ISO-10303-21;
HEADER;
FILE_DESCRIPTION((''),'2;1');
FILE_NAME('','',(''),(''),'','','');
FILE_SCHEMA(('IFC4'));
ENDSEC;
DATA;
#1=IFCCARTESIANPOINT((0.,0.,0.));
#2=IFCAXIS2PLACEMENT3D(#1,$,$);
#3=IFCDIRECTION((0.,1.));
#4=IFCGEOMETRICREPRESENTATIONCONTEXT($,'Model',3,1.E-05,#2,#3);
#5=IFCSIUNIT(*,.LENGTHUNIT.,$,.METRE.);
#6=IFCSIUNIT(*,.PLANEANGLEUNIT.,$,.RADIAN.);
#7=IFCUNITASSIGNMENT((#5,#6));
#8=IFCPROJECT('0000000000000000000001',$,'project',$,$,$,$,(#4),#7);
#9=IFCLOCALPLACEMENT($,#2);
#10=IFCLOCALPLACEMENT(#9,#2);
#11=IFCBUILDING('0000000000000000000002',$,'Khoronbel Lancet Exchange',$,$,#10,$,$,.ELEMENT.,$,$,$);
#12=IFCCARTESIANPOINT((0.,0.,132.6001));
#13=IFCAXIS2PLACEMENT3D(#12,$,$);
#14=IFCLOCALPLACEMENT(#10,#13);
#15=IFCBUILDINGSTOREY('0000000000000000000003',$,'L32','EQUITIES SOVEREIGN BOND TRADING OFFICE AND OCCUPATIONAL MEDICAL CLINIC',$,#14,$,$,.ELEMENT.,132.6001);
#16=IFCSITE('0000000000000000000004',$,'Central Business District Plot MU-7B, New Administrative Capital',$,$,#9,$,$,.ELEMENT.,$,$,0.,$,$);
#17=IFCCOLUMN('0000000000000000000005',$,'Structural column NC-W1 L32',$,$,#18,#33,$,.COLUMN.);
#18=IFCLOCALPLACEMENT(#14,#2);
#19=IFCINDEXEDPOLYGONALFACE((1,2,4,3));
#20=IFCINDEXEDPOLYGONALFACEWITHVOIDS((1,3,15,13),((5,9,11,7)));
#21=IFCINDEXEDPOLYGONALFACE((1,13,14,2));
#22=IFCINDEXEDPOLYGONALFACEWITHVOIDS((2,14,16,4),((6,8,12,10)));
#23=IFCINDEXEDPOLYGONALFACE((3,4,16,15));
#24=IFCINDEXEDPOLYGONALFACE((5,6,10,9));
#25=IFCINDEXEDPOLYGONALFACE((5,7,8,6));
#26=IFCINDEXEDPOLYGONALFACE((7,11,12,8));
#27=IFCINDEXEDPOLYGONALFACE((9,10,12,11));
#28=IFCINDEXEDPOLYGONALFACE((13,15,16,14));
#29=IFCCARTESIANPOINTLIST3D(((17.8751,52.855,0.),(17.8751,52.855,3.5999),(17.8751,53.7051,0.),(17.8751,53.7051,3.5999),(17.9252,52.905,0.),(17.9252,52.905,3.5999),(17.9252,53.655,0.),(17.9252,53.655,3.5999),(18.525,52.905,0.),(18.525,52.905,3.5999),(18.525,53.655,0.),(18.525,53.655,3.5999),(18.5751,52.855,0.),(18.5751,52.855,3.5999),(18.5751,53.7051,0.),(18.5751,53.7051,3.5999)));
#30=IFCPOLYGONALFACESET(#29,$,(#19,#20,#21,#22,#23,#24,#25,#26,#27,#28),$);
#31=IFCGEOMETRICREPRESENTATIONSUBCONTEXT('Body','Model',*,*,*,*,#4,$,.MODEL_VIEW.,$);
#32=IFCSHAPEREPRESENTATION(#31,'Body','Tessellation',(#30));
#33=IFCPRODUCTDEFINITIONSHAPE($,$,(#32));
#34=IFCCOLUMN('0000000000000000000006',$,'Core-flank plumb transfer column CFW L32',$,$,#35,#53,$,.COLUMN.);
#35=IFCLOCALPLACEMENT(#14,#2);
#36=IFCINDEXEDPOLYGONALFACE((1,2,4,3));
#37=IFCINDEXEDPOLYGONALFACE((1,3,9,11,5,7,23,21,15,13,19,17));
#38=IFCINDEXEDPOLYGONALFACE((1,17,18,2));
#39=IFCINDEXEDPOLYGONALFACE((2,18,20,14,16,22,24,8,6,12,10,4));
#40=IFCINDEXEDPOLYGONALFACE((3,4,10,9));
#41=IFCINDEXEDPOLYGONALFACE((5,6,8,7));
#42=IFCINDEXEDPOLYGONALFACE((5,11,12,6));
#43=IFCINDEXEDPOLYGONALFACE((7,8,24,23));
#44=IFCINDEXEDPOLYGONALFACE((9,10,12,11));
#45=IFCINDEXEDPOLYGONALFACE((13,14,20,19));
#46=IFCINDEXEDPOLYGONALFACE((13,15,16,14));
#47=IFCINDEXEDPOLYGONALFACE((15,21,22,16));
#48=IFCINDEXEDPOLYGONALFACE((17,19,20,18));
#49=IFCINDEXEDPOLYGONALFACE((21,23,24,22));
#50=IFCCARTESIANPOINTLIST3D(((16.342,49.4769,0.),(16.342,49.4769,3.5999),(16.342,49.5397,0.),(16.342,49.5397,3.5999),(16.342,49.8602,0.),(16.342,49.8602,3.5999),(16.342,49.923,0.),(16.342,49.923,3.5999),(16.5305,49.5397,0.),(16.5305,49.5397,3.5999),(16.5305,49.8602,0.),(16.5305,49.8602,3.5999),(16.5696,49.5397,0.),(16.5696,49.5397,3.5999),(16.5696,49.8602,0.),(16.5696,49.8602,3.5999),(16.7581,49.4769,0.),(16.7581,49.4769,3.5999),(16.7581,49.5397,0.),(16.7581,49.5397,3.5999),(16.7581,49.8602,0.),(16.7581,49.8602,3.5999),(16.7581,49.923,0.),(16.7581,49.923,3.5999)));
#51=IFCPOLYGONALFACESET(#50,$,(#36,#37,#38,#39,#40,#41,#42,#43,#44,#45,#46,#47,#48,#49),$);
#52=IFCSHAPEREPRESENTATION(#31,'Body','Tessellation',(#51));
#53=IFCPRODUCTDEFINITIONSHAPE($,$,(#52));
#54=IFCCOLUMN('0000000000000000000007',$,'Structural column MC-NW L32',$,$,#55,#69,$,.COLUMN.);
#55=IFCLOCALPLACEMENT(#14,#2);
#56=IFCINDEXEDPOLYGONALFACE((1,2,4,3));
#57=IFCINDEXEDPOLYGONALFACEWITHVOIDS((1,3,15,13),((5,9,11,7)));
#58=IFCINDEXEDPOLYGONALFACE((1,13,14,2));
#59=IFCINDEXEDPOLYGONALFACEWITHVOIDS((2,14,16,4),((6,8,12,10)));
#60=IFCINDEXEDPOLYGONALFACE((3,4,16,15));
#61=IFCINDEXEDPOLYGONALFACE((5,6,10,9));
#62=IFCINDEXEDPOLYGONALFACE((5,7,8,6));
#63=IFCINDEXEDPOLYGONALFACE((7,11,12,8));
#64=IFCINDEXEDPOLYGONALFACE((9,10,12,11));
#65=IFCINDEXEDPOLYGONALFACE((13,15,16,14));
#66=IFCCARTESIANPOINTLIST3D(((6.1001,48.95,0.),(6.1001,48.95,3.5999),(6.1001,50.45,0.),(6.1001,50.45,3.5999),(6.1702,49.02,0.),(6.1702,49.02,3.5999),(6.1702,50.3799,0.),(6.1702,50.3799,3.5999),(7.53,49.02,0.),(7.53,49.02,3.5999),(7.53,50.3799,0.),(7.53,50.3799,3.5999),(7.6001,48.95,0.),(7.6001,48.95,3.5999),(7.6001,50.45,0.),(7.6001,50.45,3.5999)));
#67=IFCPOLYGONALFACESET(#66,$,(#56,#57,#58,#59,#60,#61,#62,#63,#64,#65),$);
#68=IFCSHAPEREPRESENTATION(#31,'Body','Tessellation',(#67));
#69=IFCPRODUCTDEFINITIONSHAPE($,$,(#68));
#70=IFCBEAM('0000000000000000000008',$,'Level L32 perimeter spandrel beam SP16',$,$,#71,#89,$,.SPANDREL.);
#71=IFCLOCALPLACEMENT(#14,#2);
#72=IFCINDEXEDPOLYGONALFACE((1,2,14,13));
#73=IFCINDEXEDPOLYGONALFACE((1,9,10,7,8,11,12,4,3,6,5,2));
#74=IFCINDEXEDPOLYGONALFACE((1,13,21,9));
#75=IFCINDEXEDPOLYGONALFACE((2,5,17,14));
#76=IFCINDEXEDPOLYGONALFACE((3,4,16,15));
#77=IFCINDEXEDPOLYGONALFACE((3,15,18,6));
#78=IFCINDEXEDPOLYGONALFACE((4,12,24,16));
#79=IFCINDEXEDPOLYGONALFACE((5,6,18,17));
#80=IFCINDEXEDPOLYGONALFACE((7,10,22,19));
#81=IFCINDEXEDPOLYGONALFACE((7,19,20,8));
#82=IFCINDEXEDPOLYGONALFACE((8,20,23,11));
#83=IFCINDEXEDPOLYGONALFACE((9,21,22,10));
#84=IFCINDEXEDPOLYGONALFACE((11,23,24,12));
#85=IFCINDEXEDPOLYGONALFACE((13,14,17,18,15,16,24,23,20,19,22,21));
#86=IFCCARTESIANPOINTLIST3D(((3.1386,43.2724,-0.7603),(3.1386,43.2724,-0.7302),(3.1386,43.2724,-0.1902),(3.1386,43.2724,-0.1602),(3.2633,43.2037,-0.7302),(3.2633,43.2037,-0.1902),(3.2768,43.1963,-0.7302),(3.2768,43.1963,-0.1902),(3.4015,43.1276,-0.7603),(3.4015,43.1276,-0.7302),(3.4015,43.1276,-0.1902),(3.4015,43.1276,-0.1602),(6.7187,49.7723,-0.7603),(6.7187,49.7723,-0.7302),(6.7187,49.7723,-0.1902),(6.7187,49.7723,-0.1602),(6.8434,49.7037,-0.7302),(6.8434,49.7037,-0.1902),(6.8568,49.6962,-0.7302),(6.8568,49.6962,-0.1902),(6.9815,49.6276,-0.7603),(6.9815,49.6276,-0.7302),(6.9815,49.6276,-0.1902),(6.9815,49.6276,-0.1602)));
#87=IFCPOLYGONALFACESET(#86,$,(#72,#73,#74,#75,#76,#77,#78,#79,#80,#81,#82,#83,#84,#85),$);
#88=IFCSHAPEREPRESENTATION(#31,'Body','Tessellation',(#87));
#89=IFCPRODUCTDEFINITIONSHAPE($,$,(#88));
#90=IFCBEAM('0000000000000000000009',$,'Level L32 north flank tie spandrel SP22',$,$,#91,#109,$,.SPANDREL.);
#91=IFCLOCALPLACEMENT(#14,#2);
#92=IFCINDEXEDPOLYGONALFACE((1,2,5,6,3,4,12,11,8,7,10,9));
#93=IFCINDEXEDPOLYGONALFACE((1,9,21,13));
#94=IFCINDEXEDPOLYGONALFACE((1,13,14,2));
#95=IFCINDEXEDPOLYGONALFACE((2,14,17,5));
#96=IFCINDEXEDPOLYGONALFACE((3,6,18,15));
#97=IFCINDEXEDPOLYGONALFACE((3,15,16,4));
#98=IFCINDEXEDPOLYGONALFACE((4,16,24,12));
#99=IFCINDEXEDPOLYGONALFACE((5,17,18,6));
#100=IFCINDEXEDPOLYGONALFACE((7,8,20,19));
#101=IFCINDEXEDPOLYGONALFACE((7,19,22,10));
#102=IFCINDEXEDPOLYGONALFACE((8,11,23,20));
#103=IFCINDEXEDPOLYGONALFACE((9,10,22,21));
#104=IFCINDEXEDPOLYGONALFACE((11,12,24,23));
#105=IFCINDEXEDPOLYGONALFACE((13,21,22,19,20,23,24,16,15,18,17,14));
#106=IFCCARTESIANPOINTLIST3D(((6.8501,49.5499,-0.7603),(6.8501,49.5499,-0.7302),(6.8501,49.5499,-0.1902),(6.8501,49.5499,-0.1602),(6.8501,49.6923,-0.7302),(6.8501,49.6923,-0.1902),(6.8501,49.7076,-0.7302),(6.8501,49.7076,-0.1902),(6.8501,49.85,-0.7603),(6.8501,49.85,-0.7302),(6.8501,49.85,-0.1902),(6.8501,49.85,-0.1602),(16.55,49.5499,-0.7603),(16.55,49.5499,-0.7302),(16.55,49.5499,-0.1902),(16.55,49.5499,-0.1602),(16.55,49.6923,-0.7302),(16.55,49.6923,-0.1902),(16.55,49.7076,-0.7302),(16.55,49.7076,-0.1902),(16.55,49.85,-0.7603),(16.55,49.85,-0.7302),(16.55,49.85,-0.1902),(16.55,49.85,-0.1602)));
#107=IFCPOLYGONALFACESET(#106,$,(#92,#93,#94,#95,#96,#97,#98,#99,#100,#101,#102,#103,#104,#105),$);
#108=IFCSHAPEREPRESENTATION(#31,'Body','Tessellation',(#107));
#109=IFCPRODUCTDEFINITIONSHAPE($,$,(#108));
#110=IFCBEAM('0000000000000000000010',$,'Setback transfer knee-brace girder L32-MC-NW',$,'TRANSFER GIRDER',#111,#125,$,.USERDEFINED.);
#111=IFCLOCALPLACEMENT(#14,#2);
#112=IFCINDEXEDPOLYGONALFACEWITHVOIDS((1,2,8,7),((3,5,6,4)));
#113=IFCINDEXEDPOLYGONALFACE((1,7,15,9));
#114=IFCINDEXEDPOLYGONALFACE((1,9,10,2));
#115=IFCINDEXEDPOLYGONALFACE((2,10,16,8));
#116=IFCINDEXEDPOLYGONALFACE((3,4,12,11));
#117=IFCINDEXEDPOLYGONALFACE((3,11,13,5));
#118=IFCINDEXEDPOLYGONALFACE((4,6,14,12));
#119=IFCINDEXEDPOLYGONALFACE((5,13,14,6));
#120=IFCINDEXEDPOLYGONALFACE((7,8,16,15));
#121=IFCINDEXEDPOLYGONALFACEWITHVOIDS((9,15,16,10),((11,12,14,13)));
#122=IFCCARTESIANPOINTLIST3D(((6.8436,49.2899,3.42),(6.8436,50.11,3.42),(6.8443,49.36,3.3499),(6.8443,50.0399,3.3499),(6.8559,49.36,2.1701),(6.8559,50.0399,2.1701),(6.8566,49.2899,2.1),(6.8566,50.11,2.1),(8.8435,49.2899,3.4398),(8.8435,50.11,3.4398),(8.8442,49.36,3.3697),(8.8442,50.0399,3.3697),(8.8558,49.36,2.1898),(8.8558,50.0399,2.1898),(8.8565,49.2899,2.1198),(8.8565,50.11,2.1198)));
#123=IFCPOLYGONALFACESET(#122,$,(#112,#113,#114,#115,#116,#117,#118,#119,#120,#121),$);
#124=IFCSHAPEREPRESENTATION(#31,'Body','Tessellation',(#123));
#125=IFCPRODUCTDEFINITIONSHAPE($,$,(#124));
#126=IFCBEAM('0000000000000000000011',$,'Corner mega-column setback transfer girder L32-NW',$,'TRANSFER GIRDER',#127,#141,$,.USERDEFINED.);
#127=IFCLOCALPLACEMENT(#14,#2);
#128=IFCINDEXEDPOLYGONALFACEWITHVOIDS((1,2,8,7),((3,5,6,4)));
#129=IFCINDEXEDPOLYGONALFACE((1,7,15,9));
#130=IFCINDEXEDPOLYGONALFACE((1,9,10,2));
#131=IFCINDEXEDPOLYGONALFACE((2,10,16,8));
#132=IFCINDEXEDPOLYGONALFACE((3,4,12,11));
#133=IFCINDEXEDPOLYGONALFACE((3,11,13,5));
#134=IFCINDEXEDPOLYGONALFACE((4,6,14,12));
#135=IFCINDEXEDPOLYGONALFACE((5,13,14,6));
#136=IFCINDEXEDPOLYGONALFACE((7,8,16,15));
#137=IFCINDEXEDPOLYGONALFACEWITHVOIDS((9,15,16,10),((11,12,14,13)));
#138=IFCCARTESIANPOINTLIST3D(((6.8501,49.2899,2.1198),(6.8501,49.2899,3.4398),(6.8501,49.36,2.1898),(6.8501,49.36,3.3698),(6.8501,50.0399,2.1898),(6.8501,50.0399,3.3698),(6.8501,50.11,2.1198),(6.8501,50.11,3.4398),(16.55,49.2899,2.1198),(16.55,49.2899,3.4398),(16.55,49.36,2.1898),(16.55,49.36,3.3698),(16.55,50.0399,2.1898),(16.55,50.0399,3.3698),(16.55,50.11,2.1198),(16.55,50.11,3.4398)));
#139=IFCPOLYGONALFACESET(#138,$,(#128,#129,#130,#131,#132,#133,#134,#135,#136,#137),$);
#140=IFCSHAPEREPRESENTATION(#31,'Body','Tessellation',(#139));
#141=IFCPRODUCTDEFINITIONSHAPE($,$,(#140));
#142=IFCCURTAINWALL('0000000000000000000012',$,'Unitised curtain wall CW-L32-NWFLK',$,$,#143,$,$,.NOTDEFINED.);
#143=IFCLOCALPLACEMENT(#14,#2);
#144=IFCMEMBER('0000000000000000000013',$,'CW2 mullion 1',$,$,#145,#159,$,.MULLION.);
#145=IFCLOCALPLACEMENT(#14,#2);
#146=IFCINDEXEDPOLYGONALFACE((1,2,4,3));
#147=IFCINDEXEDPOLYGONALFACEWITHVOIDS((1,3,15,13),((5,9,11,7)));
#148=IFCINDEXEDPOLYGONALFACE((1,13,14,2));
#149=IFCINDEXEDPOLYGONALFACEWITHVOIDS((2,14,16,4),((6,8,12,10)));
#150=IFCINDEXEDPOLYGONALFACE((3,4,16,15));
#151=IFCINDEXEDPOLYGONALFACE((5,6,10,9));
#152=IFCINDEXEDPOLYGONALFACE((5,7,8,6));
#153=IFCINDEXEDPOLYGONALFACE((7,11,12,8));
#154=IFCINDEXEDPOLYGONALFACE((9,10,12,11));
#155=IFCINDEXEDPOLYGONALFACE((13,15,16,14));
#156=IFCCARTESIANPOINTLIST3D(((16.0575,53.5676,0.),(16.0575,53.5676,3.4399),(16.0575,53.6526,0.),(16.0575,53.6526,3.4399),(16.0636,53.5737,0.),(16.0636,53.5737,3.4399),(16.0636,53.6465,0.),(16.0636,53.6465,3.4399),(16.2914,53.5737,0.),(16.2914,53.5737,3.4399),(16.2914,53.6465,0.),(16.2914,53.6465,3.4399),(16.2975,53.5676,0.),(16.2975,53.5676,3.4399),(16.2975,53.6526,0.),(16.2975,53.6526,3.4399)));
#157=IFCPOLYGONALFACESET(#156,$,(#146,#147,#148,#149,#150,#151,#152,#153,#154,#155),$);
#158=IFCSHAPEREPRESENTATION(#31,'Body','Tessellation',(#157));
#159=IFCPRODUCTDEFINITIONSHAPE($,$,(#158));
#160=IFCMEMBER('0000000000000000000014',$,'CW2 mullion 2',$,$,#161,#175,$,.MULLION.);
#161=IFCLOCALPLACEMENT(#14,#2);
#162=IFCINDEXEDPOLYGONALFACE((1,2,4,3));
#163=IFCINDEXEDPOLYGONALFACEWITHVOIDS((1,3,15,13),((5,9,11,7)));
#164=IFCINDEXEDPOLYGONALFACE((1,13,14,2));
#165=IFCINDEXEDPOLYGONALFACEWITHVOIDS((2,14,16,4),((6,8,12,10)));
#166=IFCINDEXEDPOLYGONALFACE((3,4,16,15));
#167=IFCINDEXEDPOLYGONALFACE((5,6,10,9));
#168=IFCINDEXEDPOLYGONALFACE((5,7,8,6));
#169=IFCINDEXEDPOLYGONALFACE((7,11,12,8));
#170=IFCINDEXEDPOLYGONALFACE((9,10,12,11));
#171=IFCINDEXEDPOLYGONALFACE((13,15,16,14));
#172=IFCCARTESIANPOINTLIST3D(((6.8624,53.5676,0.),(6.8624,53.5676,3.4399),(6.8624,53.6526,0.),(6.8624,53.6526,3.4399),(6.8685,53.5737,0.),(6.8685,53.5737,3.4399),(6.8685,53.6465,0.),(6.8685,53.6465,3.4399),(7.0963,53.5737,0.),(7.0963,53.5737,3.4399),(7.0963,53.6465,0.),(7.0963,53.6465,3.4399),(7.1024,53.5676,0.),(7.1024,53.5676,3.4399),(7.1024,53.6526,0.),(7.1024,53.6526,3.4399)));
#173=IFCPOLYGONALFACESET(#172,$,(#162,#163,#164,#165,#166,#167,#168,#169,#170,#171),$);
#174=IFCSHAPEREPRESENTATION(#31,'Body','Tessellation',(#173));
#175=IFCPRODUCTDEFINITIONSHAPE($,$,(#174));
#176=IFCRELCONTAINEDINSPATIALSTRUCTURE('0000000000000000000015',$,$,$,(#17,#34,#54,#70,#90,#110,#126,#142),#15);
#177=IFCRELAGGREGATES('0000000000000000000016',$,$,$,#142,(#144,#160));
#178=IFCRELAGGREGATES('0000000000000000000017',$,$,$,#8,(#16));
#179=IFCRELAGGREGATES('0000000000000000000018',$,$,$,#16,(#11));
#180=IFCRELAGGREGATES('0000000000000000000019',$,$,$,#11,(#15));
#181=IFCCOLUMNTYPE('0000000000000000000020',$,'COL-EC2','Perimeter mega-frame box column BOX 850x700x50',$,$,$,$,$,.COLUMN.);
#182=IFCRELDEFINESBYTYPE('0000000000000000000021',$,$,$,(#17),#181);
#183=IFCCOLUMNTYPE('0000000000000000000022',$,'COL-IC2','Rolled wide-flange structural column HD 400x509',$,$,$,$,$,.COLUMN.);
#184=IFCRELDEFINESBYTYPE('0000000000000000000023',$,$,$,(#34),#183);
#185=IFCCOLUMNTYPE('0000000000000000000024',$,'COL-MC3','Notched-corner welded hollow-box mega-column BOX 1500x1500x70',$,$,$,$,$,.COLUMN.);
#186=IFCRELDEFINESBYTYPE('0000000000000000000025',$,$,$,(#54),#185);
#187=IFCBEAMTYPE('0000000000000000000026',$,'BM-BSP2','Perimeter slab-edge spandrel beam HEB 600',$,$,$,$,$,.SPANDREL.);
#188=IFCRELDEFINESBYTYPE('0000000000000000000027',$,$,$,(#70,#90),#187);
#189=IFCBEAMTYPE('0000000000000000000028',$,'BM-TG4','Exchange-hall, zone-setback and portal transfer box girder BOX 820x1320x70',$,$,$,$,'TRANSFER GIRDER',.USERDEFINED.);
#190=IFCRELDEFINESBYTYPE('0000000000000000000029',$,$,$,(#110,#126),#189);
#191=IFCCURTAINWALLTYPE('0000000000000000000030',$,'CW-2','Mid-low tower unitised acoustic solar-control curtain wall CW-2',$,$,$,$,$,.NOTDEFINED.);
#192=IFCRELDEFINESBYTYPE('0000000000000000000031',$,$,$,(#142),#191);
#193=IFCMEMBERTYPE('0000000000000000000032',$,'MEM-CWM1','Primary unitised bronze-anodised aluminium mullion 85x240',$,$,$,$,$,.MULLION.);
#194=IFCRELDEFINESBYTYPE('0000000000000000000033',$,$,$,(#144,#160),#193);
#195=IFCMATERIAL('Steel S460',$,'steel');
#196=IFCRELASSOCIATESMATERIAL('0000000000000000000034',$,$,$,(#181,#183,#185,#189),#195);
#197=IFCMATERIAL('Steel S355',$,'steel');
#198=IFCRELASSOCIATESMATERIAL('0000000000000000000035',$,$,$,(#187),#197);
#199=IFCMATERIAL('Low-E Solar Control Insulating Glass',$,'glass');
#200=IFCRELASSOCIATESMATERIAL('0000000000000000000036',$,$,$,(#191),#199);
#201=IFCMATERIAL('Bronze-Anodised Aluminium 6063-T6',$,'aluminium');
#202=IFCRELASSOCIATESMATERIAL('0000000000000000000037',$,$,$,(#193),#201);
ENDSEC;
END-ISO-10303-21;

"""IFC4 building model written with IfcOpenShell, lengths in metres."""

from ifc_helpers import new_model, si_unit, direction, frame, origin, origin_2d, place, context, subcontext, project, spatial, hollow_rectangle, i_section, extrude, material, material_profile, profile_set, type_object, element, aggregate, save


model = new_model("IFC4")

# Units and contexts
model_context = context("Model", 3, precision=1e-05, world=origin(), true_north=direction((0.0, 1.0)))
body_context = subcontext(model_context, "Body", "Model", "MODEL_VIEW")
ifc_project = project(units=[si_unit("LENGTHUNIT", "METRE"), si_unit("PLANEANGLEUNIT", "RADIAN")], contexts=[model_context])

# Site, building, storey
site_placement = place(None, origin())
site = spatial("IfcSite", under=ifc_project, at=site_placement, Name="Central Business District Plot MU-7B, New Administrative Capital", CompositionType="ELEMENT", RefElevation=0.0)
building_placement = place(site_placement, origin())
building = spatial("IfcBuilding", under=site, at=building_placement, Name="Khoronbel Lancet Exchange", CompositionType="ELEMENT")
storey_placement = place(building_placement, frame((0.0, 0.0, 132.6001)))
storey = spatial("IfcBuildingStorey", under=building, at=storey_placement, Name="L32", Description="EQUITIES SOVEREIGN BOND TRADING OFFICE AND OCCUPATIONAL MEDICAL CLINIC", CompositionType="ELEMENT", Elevation=132.6001)

# Columns
ifc_material_1 = material(Name="Steel S460", Category="steel")
ifc_material_profile_1 = material_profile(ifc_material_1, hollow_rectangle(XDim=0.7, YDim=0.8501, WallThickness=0.05, at=origin_2d()), Name="BOX 850x700x50")
ifc_profile_set_1 = profile_set([ifc_material_profile_1], Name="Steel S460")
column_type_1 = type_object("IfcColumnType", Name="COL-EC2", Description="Perimeter mega-frame box column BOX 850x700x50", PredefinedType="COLUMN", material=ifc_profile_set_1)
column_1_placement = place(storey_placement, frame((18.2251, 53.28, 0.0), z_axis=(0.0, 0.0, 1.0), x_axis=(1.0, 0.0, 0.0)))
element("IfcColumn", 1, at=column_1_placement, inside=storey, type_object=column_type_1, Name="Structural column NC-W1 L32", PredefinedType="COLUMN", context=body_context, shape_type="SweptSolid", body=[
    extrude(hollow_rectangle(XDim=0.7, YDim=0.8501, WallThickness=0.05, at=origin_2d()), origin(), (0.0, 0.0, 1.0), 3.5999),
])
ifc_material_profile_2 = material_profile(ifc_material_1, i_section(OverallWidth=0.416, OverallDepth=0.446, WebThickness=0.0391, FlangeThickness=0.0627, at=origin_2d()), Name="HD 400x509")
ifc_profile_set_2 = profile_set([ifc_material_profile_2], Name="Steel S460")
column_type_2 = type_object("IfcColumnType", Name="COL-IC2", Description="Rolled wide-flange structural column HD 400x509", PredefinedType="COLUMN", material=ifc_profile_set_2)
column_2_placement = place(storey_placement, frame((16.55, 49.7, 0.0), z_axis=(0.0, 0.0, 1.0), x_axis=(1.0, 0.0, 0.0)))
element("IfcColumn", 2, at=column_2_placement, inside=storey, type_object=column_type_2, Name="Core-flank plumb transfer column CFW L32", PredefinedType="COLUMN", context=body_context, shape_type="SweptSolid", body=[
    extrude(i_section(OverallWidth=0.416, OverallDepth=0.446, WebThickness=0.0391, FlangeThickness=0.0627, at=origin_2d()), origin(), (0.0, 0.0, 1.0), 3.5999),
])
ifc_material_profile_3 = material_profile(ifc_material_1, hollow_rectangle(XDim=1.5, YDim=1.5, WallThickness=0.0701, at=origin_2d()), Name="BOX 1500x1500x70")
ifc_profile_set_3 = profile_set([ifc_material_profile_3], Name="Steel S460")
column_type_3 = type_object("IfcColumnType", Name="COL-MC3", Description="Notched-corner welded hollow-box mega-column BOX 1500x1500x70", PredefinedType="COLUMN", material=ifc_profile_set_3)
column_3_placement = place(storey_placement, frame((6.8501, 49.7, 0.0), z_axis=(0.0, 0.0, 1.0), x_axis=(1.0, 0.0, 0.0)))
element("IfcColumn", 3, at=column_3_placement, inside=storey, type_object=column_type_3, Name="Structural column MC-NW L32", PredefinedType="COLUMN", context=body_context, shape_type="SweptSolid", body=[
    extrude(hollow_rectangle(XDim=1.5, YDim=1.5, WallThickness=0.0701, at=origin_2d()), origin(), (0.0, 0.0, 1.0), 3.5999),
])

# Beams
ifc_material_2 = material(Name="Steel S355", Category="steel")
ifc_material_profile_4 = material_profile(ifc_material_2, i_section(OverallWidth=0.3, OverallDepth=0.6001, WebThickness=0.0154, FlangeThickness=0.03, at=origin_2d()), Name="HEB 600")
ifc_profile_set_4 = profile_set([ifc_material_profile_4], Name="Steel S355")
beam_type_1 = type_object("IfcBeamType", Name="BM-BSP2", Description="Perimeter slab-edge spandrel beam HEB 600", PredefinedType="SPANDREL", material=ifc_profile_set_4)
beam_1_placement = place(storey_placement, frame((6.8501, 49.7, -0.4602), z_axis=(-0.482444, -0.875927, 0.0), x_axis=(0.875927, -0.482444, 0.0)))
element("IfcBeam", 4, at=beam_1_placement, inside=storey, type_object=beam_type_1, Name="Level L32 perimeter spandrel beam SP16", PredefinedType="SPANDREL", context=body_context, shape_type="SweptSolid", body=[
    extrude(i_section(OverallWidth=0.3, OverallDepth=0.6001, WebThickness=0.0154, FlangeThickness=0.03, at=origin_2d()), origin(), (0.0, 0.0, 1.0), 7.4207),
])
beam_2_placement = place(storey_placement, frame((6.8501, 49.7, -0.4602), z_axis=(1.0, 0.0, 0.0), x_axis=(0.0, 1.0, 0.0)))
element("IfcBeam", 5, at=beam_2_placement, inside=storey, type_object=beam_type_1, Name="Level L32 north flank tie spandrel SP22", PredefinedType="SPANDREL", context=body_context, shape_type="SweptSolid", body=[
    extrude(i_section(OverallWidth=0.3, OverallDepth=0.6001, WebThickness=0.0154, FlangeThickness=0.03, at=origin_2d()), origin(), (0.0, 0.0, 1.0), 9.7),
])
ifc_material_profile_5 = material_profile(ifc_material_1, hollow_rectangle(XDim=0.8201, YDim=1.3201, WallThickness=0.0701, at=origin_2d()), Name="BOX 820x1320x70")
ifc_profile_set_5 = profile_set([ifc_material_profile_5], Name="Steel S460")
beam_type_2 = type_object("IfcBeamType", Name="BM-TG4", Description="Exchange-hall, zone-setback and portal transfer box girder BOX 820x1320x70", ElementType="TRANSFER GIRDER", PredefinedType="USERDEFINED", material=ifc_profile_set_5)
beam_3_placement = place(storey_placement, frame((6.8501, 49.7, 2.76), z_axis=(0.999951, 0.0, 0.009887), x_axis=(0.0, 1.0, 0.0)))
element("IfcBeam", 6, at=beam_3_placement, inside=storey, type_object=beam_type_2, Name="Setback transfer knee-brace girder L32-MC-NW", ObjectType="TRANSFER GIRDER", PredefinedType="USERDEFINED", context=body_context, shape_type="SweptSolid", body=[
    extrude(hollow_rectangle(XDim=0.8201, YDim=1.3201, WallThickness=0.0701, at=origin_2d()), origin(), (0.0, 0.0, 1.0), 2.0),
])
beam_4_placement = place(storey_placement, frame((6.8501, 49.7, 2.7798), z_axis=(1.0, 0.0, 0.0), x_axis=(0.0, 1.0, 0.0)))
element("IfcBeam", 7, at=beam_4_placement, inside=storey, type_object=beam_type_2, Name="Corner mega-column setback transfer girder L32-NW", ObjectType="TRANSFER GIRDER", PredefinedType="USERDEFINED", context=body_context, shape_type="SweptSolid", body=[
    extrude(hollow_rectangle(XDim=0.8201, YDim=1.3201, WallThickness=0.0701, at=origin_2d()), origin(), (0.0, 0.0, 1.0), 9.7),
])

# Curtain wall, members
ifc_material_3 = material(Name="Low-E Solar Control Insulating Glass", Category="glass")
curtain_wall_type_1 = type_object("IfcCurtainWallType", Name="CW-2", Description="Mid-low tower unitised acoustic solar-control curtain wall CW-2", PredefinedType="NOTDEFINED", material=ifc_material_3)
curtain_wall_1_placement = place(storey_placement, origin())
curtain_wall_1 = element("IfcCurtainWall", 8, at=curtain_wall_1_placement, inside=storey, type_object=curtain_wall_type_1, Name="Unitised curtain wall CW-L32-NWFLK", PredefinedType="NOTDEFINED")
ifc_material_4 = material(Name="Bronze-Anodised Aluminium 6063-T6", Category="aluminium")
ifc_material_profile_6 = material_profile(ifc_material_4, hollow_rectangle(XDim=0.085, YDim=0.24, WallThickness=0.0061, at=origin_2d()), Name="ALU MULLION 85x240")
ifc_profile_set_6 = profile_set([ifc_material_profile_6], Name="Bronze-Anodised Aluminium 6063-T6")
member_type_1 = type_object("IfcMemberType", Name="MEM-CWM1", Description="Primary unitised bronze-anodised aluminium mullion 85x240", PredefinedType="MULLION", material=ifc_profile_set_6)
member_1_placement = place(storey_placement, frame((16.1775, 53.6101, 0.0), z_axis=(0.0, 0.0, 1.0), x_axis=(0.0, -1.0, 0.0)))
member_1 = element("IfcMember", 9, at=member_1_placement, type_object=member_type_1, Name="CW2 mullion 1", PredefinedType="MULLION", context=body_context, shape_type="SweptSolid", body=[
    extrude(hollow_rectangle(XDim=0.085, YDim=0.24, WallThickness=0.0061, at=origin_2d()), origin(), (0.0, 0.0, 1.0), 3.4399),
])
member_2_placement = place(storey_placement, frame((6.9824, 53.6101, 0.0), z_axis=(0.0, 0.0, 1.0), x_axis=(0.0, -1.0, 0.0)))
member_2 = element("IfcMember", 10, at=member_2_placement, type_object=member_type_1, Name="CW2 mullion 2", PredefinedType="MULLION", context=body_context, shape_type="SweptSolid", body=[
    extrude(hollow_rectangle(XDim=0.085, YDim=0.24, WallThickness=0.0061, at=origin_2d()), origin(), (0.0, 0.0, 1.0), 3.4399),
])

aggregate(curtain_wall_1, [member_1, member_2])

save(model, "model.ifc")
